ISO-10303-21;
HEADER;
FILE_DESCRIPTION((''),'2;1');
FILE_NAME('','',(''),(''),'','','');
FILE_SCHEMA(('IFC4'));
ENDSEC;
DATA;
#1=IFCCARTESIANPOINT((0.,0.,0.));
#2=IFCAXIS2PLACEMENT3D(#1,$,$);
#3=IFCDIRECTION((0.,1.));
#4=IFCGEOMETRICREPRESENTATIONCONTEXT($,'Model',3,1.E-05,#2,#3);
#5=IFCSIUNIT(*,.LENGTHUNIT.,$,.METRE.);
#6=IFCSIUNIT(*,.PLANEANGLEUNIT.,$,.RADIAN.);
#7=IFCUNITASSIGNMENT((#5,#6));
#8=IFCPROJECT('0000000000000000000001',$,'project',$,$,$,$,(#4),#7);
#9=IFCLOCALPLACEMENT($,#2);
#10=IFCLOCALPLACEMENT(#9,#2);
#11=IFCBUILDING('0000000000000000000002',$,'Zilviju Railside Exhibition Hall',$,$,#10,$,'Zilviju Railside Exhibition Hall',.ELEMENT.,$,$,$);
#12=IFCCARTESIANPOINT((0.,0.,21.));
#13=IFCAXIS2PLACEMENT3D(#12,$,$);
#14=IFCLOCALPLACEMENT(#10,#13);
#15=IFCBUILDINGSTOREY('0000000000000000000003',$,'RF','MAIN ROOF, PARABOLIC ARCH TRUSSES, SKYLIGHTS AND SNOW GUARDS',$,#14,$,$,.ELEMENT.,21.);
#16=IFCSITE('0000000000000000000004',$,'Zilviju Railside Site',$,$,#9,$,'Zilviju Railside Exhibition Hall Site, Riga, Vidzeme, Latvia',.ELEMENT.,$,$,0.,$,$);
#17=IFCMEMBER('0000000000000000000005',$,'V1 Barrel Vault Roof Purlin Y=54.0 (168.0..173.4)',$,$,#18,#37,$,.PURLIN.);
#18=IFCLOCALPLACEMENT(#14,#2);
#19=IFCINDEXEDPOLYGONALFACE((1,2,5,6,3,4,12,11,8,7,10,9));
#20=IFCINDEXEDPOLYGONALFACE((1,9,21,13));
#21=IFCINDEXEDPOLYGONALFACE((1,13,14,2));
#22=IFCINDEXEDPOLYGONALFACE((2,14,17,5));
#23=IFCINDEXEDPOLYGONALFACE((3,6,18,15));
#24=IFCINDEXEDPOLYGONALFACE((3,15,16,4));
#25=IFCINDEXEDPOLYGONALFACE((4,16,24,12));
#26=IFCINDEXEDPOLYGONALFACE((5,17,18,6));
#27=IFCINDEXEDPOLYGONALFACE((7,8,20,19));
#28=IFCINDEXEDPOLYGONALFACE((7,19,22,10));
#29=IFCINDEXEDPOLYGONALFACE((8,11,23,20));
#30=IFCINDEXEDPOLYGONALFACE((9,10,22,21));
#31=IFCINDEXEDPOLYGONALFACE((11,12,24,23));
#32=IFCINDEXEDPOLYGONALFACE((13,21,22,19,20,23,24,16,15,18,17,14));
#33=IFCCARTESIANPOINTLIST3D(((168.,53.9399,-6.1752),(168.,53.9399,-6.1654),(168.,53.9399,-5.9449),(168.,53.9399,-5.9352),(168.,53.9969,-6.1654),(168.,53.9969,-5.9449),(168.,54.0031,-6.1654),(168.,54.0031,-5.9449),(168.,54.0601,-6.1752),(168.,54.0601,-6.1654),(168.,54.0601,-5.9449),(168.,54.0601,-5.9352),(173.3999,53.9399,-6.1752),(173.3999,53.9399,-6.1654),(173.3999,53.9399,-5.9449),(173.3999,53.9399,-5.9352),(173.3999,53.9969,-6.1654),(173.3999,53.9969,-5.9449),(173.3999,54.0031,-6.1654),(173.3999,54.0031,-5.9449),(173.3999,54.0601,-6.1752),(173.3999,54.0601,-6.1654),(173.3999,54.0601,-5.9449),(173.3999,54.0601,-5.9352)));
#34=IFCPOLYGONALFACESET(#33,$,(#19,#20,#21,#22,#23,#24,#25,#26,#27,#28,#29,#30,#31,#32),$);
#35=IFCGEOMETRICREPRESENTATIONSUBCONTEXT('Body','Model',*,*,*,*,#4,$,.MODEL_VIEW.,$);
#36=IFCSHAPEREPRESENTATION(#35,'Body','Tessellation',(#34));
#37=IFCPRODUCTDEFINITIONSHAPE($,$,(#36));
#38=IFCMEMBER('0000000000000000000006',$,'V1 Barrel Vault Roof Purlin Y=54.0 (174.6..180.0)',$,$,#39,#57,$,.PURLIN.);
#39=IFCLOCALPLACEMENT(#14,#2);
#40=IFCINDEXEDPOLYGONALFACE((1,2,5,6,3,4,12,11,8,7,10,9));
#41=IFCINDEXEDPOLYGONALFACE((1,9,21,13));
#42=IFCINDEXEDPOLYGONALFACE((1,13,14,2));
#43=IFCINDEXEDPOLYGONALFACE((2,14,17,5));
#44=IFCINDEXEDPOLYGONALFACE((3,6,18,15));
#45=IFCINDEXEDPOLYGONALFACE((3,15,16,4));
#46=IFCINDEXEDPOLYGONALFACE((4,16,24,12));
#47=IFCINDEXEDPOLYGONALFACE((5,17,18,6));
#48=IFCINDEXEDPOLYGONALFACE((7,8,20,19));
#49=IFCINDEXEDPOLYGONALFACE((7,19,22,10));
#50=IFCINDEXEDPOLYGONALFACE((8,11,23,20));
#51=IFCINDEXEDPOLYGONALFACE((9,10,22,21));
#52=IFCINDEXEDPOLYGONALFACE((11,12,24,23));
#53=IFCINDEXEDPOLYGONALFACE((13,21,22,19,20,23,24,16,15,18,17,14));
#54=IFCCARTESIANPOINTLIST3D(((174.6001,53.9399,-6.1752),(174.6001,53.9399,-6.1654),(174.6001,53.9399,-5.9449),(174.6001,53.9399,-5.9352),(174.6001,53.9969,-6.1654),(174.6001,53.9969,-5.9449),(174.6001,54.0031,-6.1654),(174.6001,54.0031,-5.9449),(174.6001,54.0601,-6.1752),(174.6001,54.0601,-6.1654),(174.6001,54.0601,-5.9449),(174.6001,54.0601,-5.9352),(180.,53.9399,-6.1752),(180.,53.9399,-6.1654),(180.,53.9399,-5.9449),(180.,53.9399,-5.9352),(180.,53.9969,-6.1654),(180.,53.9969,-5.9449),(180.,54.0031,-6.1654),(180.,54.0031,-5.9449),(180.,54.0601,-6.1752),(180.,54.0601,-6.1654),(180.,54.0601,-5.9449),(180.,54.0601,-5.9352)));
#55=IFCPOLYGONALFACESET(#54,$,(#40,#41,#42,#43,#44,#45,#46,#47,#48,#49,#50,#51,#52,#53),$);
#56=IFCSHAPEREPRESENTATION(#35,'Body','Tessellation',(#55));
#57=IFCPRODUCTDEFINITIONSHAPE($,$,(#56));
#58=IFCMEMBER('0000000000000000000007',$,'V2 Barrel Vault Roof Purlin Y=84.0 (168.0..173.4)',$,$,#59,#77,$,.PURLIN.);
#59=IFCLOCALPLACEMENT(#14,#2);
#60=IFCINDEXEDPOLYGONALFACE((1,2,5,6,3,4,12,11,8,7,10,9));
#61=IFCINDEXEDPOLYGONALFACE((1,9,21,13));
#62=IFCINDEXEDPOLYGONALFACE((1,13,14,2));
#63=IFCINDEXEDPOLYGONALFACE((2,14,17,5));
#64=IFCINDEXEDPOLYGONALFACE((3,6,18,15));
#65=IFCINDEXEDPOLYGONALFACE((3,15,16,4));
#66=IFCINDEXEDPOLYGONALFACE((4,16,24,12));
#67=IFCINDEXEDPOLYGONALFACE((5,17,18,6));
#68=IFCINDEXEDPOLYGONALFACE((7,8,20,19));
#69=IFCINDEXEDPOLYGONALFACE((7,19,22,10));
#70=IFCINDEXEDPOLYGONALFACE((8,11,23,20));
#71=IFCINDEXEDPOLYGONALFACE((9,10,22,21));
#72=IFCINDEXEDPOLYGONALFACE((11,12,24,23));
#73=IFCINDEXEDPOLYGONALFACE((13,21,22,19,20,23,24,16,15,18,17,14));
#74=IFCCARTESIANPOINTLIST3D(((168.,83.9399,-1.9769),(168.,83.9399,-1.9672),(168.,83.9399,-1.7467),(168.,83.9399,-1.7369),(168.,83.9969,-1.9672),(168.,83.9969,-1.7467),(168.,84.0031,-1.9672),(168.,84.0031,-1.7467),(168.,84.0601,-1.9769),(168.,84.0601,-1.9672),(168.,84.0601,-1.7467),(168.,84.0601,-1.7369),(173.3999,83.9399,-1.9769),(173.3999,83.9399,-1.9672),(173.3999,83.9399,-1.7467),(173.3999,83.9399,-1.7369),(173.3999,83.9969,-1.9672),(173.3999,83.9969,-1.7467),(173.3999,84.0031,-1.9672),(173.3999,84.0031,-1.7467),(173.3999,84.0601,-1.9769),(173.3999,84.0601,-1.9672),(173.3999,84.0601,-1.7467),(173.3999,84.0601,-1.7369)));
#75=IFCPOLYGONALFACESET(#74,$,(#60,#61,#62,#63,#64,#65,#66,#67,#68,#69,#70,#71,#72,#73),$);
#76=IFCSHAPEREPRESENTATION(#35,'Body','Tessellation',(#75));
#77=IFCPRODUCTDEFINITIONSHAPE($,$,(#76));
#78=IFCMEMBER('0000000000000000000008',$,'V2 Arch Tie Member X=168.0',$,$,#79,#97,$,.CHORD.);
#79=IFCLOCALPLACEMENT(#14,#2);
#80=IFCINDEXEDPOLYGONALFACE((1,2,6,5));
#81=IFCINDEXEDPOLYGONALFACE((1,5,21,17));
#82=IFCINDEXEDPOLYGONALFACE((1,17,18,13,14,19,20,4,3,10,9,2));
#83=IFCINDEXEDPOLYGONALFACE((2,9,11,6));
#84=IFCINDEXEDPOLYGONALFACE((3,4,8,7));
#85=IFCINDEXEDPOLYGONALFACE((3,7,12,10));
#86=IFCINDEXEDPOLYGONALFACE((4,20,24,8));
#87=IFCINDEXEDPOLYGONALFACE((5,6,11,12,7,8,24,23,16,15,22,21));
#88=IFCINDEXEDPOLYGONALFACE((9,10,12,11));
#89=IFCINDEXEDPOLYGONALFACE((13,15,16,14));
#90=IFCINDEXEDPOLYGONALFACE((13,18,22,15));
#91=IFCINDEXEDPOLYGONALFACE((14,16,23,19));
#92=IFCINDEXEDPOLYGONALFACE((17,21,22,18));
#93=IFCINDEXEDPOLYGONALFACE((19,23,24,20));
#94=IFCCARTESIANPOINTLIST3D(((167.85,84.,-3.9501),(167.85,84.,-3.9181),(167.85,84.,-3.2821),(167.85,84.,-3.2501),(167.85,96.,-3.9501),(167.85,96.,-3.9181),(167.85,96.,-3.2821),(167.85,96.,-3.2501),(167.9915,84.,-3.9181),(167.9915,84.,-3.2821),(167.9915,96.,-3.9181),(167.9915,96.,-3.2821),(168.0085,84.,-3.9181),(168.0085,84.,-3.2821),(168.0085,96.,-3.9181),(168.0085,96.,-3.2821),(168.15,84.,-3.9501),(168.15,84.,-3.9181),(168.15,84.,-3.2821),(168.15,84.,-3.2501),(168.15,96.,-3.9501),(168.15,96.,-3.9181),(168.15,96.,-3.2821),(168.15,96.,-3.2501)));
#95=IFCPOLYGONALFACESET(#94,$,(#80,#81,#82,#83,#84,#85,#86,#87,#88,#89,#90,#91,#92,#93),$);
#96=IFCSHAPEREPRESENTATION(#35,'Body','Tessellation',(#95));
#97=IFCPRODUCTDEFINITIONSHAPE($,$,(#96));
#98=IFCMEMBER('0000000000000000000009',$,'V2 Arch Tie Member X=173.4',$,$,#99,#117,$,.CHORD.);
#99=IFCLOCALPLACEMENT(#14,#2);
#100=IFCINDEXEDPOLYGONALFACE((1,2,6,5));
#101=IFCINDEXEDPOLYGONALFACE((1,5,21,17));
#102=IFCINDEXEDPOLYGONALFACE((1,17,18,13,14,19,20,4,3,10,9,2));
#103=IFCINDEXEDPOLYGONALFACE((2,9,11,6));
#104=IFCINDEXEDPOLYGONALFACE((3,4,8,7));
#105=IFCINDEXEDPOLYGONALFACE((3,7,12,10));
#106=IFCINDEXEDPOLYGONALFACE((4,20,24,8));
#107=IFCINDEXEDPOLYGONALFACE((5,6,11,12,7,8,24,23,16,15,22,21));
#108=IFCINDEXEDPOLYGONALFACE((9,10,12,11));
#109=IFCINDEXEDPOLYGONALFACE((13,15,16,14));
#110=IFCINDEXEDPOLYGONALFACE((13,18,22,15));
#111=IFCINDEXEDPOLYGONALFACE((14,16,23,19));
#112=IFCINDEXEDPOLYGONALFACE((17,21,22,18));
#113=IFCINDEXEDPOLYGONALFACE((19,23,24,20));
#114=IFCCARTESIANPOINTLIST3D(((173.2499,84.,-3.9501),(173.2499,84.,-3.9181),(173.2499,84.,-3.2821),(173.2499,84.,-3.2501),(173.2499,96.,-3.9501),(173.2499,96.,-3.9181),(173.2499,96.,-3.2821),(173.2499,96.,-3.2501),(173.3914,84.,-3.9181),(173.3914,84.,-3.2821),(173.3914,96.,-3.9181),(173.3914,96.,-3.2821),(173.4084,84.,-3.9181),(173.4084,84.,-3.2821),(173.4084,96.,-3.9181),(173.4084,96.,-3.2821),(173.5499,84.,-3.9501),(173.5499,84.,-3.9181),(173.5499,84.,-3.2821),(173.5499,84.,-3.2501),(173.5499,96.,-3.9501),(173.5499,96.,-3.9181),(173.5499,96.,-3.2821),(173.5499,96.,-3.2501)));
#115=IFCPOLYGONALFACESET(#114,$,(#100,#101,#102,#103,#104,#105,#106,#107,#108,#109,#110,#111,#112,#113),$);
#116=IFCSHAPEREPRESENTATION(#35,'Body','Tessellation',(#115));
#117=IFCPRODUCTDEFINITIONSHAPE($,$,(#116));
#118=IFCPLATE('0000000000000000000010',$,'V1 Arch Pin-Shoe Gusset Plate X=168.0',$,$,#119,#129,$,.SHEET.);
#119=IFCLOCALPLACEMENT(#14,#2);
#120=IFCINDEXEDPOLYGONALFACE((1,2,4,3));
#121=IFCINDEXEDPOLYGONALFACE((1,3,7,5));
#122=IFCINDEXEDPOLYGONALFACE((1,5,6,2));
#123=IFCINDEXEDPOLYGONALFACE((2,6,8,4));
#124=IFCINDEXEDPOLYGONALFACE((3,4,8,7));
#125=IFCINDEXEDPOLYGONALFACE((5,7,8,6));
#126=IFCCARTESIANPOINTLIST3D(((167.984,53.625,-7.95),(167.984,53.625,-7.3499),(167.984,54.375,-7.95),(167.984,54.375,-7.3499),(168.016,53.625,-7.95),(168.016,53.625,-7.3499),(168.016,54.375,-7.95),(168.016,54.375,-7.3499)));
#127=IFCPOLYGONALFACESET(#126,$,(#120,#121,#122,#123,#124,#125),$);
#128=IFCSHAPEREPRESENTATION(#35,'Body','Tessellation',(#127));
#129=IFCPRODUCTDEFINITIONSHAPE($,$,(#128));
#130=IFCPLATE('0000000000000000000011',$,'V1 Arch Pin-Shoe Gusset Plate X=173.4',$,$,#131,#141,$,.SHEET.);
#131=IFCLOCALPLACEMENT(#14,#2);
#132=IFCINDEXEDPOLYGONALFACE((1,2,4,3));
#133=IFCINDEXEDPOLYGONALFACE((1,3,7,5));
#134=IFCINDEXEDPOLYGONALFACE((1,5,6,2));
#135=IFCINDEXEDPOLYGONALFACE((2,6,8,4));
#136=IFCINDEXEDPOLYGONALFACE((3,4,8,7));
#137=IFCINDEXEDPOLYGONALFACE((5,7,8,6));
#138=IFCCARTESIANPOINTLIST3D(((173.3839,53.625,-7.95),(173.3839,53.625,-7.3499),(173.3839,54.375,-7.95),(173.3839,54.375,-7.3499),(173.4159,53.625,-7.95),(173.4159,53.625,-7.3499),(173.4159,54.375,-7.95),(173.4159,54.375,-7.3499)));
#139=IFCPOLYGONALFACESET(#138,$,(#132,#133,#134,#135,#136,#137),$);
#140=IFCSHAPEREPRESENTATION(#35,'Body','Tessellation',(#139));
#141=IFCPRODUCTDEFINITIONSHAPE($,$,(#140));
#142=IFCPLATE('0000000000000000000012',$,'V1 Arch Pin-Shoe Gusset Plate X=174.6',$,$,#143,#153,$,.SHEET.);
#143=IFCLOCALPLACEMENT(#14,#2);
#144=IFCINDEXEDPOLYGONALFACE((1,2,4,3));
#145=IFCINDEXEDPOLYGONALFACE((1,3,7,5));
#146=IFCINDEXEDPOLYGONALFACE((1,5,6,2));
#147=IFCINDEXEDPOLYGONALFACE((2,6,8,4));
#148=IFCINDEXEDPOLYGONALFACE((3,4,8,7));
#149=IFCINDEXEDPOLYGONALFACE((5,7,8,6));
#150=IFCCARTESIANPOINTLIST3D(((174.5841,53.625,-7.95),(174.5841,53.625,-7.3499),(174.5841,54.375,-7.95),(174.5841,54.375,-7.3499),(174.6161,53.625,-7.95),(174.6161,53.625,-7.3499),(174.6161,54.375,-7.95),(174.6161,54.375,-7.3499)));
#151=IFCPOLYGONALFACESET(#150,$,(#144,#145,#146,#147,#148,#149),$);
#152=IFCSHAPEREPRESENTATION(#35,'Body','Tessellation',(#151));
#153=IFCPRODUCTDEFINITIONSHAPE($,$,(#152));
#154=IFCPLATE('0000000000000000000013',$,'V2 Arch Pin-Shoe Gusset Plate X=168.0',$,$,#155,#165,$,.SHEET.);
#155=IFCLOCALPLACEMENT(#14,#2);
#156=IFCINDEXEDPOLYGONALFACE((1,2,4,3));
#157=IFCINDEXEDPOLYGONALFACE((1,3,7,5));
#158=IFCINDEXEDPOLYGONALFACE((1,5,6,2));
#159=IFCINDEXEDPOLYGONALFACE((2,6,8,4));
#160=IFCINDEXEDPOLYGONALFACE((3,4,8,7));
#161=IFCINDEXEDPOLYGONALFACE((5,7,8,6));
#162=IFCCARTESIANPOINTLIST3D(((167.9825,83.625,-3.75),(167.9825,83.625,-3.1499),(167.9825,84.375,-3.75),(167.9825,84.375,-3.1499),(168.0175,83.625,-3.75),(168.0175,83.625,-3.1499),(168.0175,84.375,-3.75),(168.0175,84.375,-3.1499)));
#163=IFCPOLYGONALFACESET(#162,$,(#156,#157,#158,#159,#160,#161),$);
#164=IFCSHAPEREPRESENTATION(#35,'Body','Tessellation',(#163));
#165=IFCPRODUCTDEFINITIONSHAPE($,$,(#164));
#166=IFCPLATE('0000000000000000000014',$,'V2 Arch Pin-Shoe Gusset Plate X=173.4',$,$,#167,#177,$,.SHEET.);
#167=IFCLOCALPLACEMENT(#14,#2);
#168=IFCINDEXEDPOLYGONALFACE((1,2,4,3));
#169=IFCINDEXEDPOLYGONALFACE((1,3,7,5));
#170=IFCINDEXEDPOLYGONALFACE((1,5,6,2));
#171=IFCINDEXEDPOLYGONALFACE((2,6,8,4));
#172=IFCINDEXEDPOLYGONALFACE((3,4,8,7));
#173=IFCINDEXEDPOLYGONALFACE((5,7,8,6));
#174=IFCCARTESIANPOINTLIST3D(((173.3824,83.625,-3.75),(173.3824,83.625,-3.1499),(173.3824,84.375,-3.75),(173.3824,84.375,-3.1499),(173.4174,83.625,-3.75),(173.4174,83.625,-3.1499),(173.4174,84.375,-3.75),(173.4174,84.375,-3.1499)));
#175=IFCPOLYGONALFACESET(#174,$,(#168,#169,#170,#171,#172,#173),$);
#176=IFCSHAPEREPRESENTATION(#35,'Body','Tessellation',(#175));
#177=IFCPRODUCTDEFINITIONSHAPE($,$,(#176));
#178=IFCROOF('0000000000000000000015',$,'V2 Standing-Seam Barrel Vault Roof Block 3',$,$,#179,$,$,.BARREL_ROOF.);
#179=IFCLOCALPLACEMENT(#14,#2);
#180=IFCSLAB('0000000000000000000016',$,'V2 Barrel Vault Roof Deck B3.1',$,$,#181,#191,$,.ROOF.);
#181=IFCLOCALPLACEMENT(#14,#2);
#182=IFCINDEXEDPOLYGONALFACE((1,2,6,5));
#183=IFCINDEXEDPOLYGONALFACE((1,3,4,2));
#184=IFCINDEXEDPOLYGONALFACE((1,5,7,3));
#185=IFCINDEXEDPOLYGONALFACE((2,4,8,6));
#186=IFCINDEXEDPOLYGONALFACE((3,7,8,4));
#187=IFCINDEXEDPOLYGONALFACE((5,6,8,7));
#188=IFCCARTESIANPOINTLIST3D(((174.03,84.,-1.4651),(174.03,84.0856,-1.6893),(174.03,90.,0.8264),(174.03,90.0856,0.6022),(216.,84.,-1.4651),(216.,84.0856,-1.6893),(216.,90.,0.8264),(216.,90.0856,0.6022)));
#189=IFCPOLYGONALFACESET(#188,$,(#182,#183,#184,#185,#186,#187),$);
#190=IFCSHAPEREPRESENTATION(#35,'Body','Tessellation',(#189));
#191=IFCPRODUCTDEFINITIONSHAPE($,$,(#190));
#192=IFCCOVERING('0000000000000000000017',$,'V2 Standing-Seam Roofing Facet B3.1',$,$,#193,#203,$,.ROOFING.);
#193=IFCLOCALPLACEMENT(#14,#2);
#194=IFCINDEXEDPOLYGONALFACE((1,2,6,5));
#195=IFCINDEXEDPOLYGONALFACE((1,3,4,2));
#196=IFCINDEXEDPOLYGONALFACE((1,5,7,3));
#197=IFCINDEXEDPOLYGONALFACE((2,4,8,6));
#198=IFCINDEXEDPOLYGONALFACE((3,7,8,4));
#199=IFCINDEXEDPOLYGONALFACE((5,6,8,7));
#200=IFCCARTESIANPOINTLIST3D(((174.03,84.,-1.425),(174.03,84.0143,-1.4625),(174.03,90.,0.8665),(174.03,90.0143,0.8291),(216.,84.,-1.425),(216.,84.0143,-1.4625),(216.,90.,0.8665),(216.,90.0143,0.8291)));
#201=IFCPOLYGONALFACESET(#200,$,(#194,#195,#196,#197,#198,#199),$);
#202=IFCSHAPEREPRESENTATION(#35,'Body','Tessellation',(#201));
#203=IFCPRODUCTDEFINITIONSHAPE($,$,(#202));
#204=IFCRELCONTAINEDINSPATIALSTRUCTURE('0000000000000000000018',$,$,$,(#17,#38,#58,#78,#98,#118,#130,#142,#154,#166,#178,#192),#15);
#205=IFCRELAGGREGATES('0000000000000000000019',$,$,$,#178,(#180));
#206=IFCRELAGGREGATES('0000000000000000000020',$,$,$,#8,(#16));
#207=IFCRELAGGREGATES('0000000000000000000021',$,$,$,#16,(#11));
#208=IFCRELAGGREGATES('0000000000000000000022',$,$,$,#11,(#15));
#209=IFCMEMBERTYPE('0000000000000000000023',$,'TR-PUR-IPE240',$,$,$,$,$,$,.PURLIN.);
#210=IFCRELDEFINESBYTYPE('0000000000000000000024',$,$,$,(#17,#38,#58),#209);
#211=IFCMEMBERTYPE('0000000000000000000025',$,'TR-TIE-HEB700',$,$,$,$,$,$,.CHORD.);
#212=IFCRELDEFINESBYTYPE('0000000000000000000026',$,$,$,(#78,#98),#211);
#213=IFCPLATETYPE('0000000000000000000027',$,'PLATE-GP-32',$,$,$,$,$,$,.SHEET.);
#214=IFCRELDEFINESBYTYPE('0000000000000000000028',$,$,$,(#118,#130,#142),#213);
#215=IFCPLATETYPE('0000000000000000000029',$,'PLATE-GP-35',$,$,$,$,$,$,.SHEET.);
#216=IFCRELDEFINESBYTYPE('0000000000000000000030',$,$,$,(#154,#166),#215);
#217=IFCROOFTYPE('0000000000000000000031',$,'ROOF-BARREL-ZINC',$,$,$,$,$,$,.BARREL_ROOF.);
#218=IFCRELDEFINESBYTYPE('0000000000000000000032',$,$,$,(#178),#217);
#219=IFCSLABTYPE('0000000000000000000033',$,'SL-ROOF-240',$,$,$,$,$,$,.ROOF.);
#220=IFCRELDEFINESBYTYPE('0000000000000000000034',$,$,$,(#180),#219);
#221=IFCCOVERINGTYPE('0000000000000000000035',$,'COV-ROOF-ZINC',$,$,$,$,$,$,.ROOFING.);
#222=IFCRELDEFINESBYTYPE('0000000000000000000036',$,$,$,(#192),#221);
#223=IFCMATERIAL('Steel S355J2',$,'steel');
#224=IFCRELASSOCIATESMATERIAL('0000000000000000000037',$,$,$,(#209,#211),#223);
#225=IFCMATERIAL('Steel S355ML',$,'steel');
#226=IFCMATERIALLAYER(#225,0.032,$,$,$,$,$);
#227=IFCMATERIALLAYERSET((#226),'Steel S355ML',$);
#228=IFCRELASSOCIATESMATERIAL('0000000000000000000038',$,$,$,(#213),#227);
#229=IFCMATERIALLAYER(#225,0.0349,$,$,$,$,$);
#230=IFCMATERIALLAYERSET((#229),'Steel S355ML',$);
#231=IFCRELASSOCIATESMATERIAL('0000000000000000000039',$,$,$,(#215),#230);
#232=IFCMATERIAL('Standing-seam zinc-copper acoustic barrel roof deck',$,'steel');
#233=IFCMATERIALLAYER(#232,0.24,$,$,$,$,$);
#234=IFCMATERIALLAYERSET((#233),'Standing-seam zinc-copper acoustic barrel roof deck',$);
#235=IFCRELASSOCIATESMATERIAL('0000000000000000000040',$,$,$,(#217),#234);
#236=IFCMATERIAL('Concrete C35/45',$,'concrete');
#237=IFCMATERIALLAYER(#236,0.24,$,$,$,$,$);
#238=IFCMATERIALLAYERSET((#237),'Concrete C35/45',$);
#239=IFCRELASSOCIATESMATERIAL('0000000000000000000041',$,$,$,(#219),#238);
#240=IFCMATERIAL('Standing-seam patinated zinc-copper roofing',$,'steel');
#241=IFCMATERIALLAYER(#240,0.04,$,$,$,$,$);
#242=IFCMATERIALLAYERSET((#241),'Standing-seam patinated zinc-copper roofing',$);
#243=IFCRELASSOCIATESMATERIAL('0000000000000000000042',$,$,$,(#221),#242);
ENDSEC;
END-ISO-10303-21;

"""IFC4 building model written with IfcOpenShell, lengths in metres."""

from ifc_helpers import new_model, si_unit, direction, frame, origin, origin_2d, place, context, subcontext, project, spatial, polyline, rectangle, i_section, outline, extrude, material, layer, layer_set, material_profile, profile_set, type_object, element, aggregate, save


model = new_model("IFC4")

# Units and contexts
model_context = context("Model", 3, precision=1e-05, world=origin(), true_north=direction((0.0, 1.0)))
body_context = subcontext(model_context, "Body", "Model", "MODEL_VIEW")
ifc_project = project(units=[si_unit("LENGTHUNIT", "METRE"), si_unit("PLANEANGLEUNIT", "RADIAN")], contexts=[model_context])

# Site, building, storey
site_placement = place(None, origin())
site = spatial("IfcSite", under=ifc_project, at=site_placement, Name="Zilviju Railside Site", LongName="Zilviju Railside Exhibition Hall Site, Riga, Vidzeme, Latvia", CompositionType="ELEMENT", RefElevation=0.0)
building_placement = place(site_placement, origin())
building = spatial("IfcBuilding", under=site, at=building_placement, Name="Zilviju Railside Exhibition Hall", LongName="Zilviju Railside Exhibition Hall", CompositionType="ELEMENT")
storey_placement = place(building_placement, frame((0.0, 0.0, 21.0)))
storey = spatial("IfcBuildingStorey", under=building, at=storey_placement, Name="RF", Description="MAIN ROOF, PARABOLIC ARCH TRUSSES, SKYLIGHTS AND SNOW GUARDS", CompositionType="ELEMENT", Elevation=21.0)

# Members
ifc_material_1 = material(Name="Steel S355J2", Category="steel")
ifc_material_profile_1 = material_profile(ifc_material_1, i_section(OverallWidth=0.1201, OverallDepth=0.24, WebThickness=0.0061, FlangeThickness=0.0098, at=origin_2d()), Name="IPE 240")
ifc_profile_set_1 = profile_set([ifc_material_profile_1], Name="Steel S355J2")
member_type_1 = type_object("IfcMemberType", Name="TR-PUR-IPE240", PredefinedType="PURLIN", material=ifc_profile_set_1)
for number, where, z_axis, x_axis, name in (
    (1, (168.0, 54.0, -6.0552), (1.0, 0.0, 0.0), (0.0, 1.0, 0.0), "V1 Barrel Vault Roof Purlin Y=54.0 (168.0..173.4)"),
    (2, (174.6001, 54.0, -6.0552), (1.0, 0.0, 0.0), (0.0, 1.0, 0.0), "V1 Barrel Vault Roof Purlin Y=54.0 (174.6..180.0)"),
    (3, (168.0, 84.0, -1.8569), (1.0, 0.0, 0.0), (0.0, 1.0, 0.0), "V2 Barrel Vault Roof Purlin Y=84.0 (168.0..173.4)"),
):
    element("IfcMember", number, at=place(storey_placement, frame(where, z_axis=z_axis, x_axis=x_axis)), inside=storey, type_object=member_type_1, Name=name, PredefinedType="PURLIN", context=body_context, shape_type="SweptSolid", body=[
        extrude(i_section(OverallWidth=0.1201, OverallDepth=0.24, WebThickness=0.0061, FlangeThickness=0.0098, at=origin_2d()), origin(), (0.0, 0.0, 1.0), 5.3999),
    ])
ifc_material_profile_2 = material_profile(ifc_material_1, i_section(OverallWidth=0.3, OverallDepth=0.7, WebThickness=0.0171, FlangeThickness=0.032, at=origin_2d()), Name="HEB 700")
ifc_profile_set_2 = profile_set([ifc_material_profile_2], Name="Steel S355J2")
member_type_2 = type_object("IfcMemberType", Name="TR-TIE-HEB700", PredefinedType="CHORD", material=ifc_profile_set_2)
for number, where, z_axis, x_axis, name in (
    (4, (168.0, 84.0, -3.6001), (0.0, 1.0, 0.0), (-1.0, 0.0, 0.0), "V2 Arch Tie Member X=168.0"),
    (5, (173.3999, 84.0, -3.6001), (0.0, 1.0, 0.0), (-1.0, 0.0, 0.0), "V2 Arch Tie Member X=173.4"),
):
    element("IfcMember", number, at=place(storey_placement, frame(where, z_axis=z_axis, x_axis=x_axis)), inside=storey, type_object=member_type_2, Name=name, PredefinedType="CHORD", context=body_context, shape_type="SweptSolid", body=[
        extrude(i_section(OverallWidth=0.3, OverallDepth=0.7, WebThickness=0.0171, FlangeThickness=0.032, at=origin_2d()), origin(), (0.0, 0.0, 1.0), 12.0),
    ])

# Plates
ifc_material_2 = material(Name="Steel S355ML", Category="steel")
ifc_layer_1 = layer(ifc_material_2, 0.032)
ifc_layer_set_1 = layer_set([ifc_layer_1], Name="Steel S355ML")
plate_type_1 = type_object("IfcPlateType", Name="PLATE-GP-32", PredefinedType="SHEET", material=ifc_layer_set_1)
for number, where, z_axis, x_axis, name in (
    (6, (168.0, 54.0, -7.95), (0.0, 0.0, 1.0), (1.0, 0.0, 0.0), "V1 Arch Pin-Shoe Gusset Plate X=168.0"),
    (7, (173.3999, 54.0, -7.95), (0.0, 0.0, 1.0), (1.0, 0.0, 0.0), "V1 Arch Pin-Shoe Gusset Plate X=173.4"),
    (8, (174.6001, 54.0, -7.95), (0.0, 0.0, 1.0), (1.0, 0.0, 0.0), "V1 Arch Pin-Shoe Gusset Plate X=174.6"),
):
    element("IfcPlate", number, at=place(storey_placement, frame(where, z_axis=z_axis, x_axis=x_axis)), inside=storey, type_object=plate_type_1, Name=name, PredefinedType="SHEET", context=body_context, shape_type="SweptSolid", body=[
        extrude(rectangle(XDim=0.032, YDim=0.75, at=origin_2d()), origin(), (0.0, 0.0, 1.0), 0.6001),
    ])
ifc_layer_2 = layer(ifc_material_2, 0.0349)
ifc_layer_set_2 = layer_set([ifc_layer_2], Name="Steel S355ML")
plate_type_2 = type_object("IfcPlateType", Name="PLATE-GP-35", PredefinedType="SHEET", material=ifc_layer_set_2)
for number, where, z_axis, x_axis, name in (
    (9, (168.0, 84.0, -3.75), (0.0, 0.0, 1.0), (1.0, 0.0, 0.0), "V2 Arch Pin-Shoe Gusset Plate X=168.0"),
    (10, (173.3999, 84.0, -3.75), (0.0, 0.0, 1.0), (1.0, 0.0, 0.0), "V2 Arch Pin-Shoe Gusset Plate X=173.4"),
):
    element("IfcPlate", number, at=place(storey_placement, frame(where, z_axis=z_axis, x_axis=x_axis)), inside=storey, type_object=plate_type_2, Name=name, PredefinedType="SHEET", context=body_context, shape_type="SweptSolid", body=[
        extrude(rectangle(XDim=0.0349, YDim=0.75, at=origin_2d()), origin(), (0.0, 0.0, 1.0), 0.6001),
    ])

# Roof, slab
ifc_material_3 = material(Name="Standing-seam zinc-copper acoustic barrel roof deck", Category="steel")
ifc_layer_3 = layer(ifc_material_3, 0.24)
ifc_layer_set_3 = layer_set([ifc_layer_3], Name="Standing-seam zinc-copper acoustic barrel roof deck")
roof_type = type_object("IfcRoofType", Name="ROOF-BARREL-ZINC", PredefinedType="BARREL_ROOF", material=ifc_layer_set_3)
roof_placement = place(storey_placement, origin())
roof = element("IfcRoof", 11, at=roof_placement, inside=storey, type_object=roof_type, Name="V2 Standing-Seam Barrel Vault Roof Block 3", PredefinedType="BARREL_ROOF")
ifc_material_4 = material(Name="Concrete C35/45", Category="concrete")
ifc_layer_4 = layer(ifc_material_4, 0.24)
ifc_layer_set_4 = layer_set([ifc_layer_4], Name="Concrete C35/45")
slab_type = type_object("IfcSlabType", Name="SL-ROOF-240", PredefinedType="ROOF", material=ifc_layer_set_4)
slab_placement = place(storey_placement, frame((174.03, 84.0, -1.4651), z_axis=(0.0, -0.356782, 0.934188), x_axis=(1.0, 0.0, 0.0)))
slab = element("IfcSlab", 12, at=slab_placement, type_object=slab_type, Name="V2 Barrel Vault Roof Deck B3.1", PredefinedType="ROOF", context=body_context, shape_type="SweptSolid", body=[
    extrude(outline(polyline([(0.0, 0.0), (41.97, 0.0), (41.97, 6.4227), (0.0, 6.4227), (0.0, 0.0)])), origin(), (0.0, 0.0, -1.0), 0.24),
])
aggregate(roof, [slab])

# Covering
ifc_material_5 = material(Name="Standing-seam patinated zinc-copper roofing", Category="steel")
ifc_layer_5 = layer(ifc_material_5, 0.04)
ifc_layer_set_5 = layer_set([ifc_layer_5], Name="Standing-seam patinated zinc-copper roofing")
covering_type = type_object("IfcCoveringType", Name="COV-ROOF-ZINC", PredefinedType="ROOFING", material=ifc_layer_set_5)
covering_placement = place(storey_placement, frame((174.03, 84.0, -1.425), z_axis=(0.0, -0.356782, 0.934188), x_axis=(1.0, 0.0, 0.0)))
element("IfcCovering", 13, at=covering_placement, inside=storey, type_object=covering_type, Name="V2 Standing-Seam Roofing Facet B3.1", PredefinedType="ROOFING", context=body_context, shape_type="SweptSolid", body=[
    extrude(outline(polyline([(0.0, 0.0), (41.97, 0.0), (41.97, 6.4227), (0.0, 6.4227), (0.0, 0.0)])), origin(), (0.0, 0.0, -1.0), 0.04),
])

save(model, "model.ifc")
